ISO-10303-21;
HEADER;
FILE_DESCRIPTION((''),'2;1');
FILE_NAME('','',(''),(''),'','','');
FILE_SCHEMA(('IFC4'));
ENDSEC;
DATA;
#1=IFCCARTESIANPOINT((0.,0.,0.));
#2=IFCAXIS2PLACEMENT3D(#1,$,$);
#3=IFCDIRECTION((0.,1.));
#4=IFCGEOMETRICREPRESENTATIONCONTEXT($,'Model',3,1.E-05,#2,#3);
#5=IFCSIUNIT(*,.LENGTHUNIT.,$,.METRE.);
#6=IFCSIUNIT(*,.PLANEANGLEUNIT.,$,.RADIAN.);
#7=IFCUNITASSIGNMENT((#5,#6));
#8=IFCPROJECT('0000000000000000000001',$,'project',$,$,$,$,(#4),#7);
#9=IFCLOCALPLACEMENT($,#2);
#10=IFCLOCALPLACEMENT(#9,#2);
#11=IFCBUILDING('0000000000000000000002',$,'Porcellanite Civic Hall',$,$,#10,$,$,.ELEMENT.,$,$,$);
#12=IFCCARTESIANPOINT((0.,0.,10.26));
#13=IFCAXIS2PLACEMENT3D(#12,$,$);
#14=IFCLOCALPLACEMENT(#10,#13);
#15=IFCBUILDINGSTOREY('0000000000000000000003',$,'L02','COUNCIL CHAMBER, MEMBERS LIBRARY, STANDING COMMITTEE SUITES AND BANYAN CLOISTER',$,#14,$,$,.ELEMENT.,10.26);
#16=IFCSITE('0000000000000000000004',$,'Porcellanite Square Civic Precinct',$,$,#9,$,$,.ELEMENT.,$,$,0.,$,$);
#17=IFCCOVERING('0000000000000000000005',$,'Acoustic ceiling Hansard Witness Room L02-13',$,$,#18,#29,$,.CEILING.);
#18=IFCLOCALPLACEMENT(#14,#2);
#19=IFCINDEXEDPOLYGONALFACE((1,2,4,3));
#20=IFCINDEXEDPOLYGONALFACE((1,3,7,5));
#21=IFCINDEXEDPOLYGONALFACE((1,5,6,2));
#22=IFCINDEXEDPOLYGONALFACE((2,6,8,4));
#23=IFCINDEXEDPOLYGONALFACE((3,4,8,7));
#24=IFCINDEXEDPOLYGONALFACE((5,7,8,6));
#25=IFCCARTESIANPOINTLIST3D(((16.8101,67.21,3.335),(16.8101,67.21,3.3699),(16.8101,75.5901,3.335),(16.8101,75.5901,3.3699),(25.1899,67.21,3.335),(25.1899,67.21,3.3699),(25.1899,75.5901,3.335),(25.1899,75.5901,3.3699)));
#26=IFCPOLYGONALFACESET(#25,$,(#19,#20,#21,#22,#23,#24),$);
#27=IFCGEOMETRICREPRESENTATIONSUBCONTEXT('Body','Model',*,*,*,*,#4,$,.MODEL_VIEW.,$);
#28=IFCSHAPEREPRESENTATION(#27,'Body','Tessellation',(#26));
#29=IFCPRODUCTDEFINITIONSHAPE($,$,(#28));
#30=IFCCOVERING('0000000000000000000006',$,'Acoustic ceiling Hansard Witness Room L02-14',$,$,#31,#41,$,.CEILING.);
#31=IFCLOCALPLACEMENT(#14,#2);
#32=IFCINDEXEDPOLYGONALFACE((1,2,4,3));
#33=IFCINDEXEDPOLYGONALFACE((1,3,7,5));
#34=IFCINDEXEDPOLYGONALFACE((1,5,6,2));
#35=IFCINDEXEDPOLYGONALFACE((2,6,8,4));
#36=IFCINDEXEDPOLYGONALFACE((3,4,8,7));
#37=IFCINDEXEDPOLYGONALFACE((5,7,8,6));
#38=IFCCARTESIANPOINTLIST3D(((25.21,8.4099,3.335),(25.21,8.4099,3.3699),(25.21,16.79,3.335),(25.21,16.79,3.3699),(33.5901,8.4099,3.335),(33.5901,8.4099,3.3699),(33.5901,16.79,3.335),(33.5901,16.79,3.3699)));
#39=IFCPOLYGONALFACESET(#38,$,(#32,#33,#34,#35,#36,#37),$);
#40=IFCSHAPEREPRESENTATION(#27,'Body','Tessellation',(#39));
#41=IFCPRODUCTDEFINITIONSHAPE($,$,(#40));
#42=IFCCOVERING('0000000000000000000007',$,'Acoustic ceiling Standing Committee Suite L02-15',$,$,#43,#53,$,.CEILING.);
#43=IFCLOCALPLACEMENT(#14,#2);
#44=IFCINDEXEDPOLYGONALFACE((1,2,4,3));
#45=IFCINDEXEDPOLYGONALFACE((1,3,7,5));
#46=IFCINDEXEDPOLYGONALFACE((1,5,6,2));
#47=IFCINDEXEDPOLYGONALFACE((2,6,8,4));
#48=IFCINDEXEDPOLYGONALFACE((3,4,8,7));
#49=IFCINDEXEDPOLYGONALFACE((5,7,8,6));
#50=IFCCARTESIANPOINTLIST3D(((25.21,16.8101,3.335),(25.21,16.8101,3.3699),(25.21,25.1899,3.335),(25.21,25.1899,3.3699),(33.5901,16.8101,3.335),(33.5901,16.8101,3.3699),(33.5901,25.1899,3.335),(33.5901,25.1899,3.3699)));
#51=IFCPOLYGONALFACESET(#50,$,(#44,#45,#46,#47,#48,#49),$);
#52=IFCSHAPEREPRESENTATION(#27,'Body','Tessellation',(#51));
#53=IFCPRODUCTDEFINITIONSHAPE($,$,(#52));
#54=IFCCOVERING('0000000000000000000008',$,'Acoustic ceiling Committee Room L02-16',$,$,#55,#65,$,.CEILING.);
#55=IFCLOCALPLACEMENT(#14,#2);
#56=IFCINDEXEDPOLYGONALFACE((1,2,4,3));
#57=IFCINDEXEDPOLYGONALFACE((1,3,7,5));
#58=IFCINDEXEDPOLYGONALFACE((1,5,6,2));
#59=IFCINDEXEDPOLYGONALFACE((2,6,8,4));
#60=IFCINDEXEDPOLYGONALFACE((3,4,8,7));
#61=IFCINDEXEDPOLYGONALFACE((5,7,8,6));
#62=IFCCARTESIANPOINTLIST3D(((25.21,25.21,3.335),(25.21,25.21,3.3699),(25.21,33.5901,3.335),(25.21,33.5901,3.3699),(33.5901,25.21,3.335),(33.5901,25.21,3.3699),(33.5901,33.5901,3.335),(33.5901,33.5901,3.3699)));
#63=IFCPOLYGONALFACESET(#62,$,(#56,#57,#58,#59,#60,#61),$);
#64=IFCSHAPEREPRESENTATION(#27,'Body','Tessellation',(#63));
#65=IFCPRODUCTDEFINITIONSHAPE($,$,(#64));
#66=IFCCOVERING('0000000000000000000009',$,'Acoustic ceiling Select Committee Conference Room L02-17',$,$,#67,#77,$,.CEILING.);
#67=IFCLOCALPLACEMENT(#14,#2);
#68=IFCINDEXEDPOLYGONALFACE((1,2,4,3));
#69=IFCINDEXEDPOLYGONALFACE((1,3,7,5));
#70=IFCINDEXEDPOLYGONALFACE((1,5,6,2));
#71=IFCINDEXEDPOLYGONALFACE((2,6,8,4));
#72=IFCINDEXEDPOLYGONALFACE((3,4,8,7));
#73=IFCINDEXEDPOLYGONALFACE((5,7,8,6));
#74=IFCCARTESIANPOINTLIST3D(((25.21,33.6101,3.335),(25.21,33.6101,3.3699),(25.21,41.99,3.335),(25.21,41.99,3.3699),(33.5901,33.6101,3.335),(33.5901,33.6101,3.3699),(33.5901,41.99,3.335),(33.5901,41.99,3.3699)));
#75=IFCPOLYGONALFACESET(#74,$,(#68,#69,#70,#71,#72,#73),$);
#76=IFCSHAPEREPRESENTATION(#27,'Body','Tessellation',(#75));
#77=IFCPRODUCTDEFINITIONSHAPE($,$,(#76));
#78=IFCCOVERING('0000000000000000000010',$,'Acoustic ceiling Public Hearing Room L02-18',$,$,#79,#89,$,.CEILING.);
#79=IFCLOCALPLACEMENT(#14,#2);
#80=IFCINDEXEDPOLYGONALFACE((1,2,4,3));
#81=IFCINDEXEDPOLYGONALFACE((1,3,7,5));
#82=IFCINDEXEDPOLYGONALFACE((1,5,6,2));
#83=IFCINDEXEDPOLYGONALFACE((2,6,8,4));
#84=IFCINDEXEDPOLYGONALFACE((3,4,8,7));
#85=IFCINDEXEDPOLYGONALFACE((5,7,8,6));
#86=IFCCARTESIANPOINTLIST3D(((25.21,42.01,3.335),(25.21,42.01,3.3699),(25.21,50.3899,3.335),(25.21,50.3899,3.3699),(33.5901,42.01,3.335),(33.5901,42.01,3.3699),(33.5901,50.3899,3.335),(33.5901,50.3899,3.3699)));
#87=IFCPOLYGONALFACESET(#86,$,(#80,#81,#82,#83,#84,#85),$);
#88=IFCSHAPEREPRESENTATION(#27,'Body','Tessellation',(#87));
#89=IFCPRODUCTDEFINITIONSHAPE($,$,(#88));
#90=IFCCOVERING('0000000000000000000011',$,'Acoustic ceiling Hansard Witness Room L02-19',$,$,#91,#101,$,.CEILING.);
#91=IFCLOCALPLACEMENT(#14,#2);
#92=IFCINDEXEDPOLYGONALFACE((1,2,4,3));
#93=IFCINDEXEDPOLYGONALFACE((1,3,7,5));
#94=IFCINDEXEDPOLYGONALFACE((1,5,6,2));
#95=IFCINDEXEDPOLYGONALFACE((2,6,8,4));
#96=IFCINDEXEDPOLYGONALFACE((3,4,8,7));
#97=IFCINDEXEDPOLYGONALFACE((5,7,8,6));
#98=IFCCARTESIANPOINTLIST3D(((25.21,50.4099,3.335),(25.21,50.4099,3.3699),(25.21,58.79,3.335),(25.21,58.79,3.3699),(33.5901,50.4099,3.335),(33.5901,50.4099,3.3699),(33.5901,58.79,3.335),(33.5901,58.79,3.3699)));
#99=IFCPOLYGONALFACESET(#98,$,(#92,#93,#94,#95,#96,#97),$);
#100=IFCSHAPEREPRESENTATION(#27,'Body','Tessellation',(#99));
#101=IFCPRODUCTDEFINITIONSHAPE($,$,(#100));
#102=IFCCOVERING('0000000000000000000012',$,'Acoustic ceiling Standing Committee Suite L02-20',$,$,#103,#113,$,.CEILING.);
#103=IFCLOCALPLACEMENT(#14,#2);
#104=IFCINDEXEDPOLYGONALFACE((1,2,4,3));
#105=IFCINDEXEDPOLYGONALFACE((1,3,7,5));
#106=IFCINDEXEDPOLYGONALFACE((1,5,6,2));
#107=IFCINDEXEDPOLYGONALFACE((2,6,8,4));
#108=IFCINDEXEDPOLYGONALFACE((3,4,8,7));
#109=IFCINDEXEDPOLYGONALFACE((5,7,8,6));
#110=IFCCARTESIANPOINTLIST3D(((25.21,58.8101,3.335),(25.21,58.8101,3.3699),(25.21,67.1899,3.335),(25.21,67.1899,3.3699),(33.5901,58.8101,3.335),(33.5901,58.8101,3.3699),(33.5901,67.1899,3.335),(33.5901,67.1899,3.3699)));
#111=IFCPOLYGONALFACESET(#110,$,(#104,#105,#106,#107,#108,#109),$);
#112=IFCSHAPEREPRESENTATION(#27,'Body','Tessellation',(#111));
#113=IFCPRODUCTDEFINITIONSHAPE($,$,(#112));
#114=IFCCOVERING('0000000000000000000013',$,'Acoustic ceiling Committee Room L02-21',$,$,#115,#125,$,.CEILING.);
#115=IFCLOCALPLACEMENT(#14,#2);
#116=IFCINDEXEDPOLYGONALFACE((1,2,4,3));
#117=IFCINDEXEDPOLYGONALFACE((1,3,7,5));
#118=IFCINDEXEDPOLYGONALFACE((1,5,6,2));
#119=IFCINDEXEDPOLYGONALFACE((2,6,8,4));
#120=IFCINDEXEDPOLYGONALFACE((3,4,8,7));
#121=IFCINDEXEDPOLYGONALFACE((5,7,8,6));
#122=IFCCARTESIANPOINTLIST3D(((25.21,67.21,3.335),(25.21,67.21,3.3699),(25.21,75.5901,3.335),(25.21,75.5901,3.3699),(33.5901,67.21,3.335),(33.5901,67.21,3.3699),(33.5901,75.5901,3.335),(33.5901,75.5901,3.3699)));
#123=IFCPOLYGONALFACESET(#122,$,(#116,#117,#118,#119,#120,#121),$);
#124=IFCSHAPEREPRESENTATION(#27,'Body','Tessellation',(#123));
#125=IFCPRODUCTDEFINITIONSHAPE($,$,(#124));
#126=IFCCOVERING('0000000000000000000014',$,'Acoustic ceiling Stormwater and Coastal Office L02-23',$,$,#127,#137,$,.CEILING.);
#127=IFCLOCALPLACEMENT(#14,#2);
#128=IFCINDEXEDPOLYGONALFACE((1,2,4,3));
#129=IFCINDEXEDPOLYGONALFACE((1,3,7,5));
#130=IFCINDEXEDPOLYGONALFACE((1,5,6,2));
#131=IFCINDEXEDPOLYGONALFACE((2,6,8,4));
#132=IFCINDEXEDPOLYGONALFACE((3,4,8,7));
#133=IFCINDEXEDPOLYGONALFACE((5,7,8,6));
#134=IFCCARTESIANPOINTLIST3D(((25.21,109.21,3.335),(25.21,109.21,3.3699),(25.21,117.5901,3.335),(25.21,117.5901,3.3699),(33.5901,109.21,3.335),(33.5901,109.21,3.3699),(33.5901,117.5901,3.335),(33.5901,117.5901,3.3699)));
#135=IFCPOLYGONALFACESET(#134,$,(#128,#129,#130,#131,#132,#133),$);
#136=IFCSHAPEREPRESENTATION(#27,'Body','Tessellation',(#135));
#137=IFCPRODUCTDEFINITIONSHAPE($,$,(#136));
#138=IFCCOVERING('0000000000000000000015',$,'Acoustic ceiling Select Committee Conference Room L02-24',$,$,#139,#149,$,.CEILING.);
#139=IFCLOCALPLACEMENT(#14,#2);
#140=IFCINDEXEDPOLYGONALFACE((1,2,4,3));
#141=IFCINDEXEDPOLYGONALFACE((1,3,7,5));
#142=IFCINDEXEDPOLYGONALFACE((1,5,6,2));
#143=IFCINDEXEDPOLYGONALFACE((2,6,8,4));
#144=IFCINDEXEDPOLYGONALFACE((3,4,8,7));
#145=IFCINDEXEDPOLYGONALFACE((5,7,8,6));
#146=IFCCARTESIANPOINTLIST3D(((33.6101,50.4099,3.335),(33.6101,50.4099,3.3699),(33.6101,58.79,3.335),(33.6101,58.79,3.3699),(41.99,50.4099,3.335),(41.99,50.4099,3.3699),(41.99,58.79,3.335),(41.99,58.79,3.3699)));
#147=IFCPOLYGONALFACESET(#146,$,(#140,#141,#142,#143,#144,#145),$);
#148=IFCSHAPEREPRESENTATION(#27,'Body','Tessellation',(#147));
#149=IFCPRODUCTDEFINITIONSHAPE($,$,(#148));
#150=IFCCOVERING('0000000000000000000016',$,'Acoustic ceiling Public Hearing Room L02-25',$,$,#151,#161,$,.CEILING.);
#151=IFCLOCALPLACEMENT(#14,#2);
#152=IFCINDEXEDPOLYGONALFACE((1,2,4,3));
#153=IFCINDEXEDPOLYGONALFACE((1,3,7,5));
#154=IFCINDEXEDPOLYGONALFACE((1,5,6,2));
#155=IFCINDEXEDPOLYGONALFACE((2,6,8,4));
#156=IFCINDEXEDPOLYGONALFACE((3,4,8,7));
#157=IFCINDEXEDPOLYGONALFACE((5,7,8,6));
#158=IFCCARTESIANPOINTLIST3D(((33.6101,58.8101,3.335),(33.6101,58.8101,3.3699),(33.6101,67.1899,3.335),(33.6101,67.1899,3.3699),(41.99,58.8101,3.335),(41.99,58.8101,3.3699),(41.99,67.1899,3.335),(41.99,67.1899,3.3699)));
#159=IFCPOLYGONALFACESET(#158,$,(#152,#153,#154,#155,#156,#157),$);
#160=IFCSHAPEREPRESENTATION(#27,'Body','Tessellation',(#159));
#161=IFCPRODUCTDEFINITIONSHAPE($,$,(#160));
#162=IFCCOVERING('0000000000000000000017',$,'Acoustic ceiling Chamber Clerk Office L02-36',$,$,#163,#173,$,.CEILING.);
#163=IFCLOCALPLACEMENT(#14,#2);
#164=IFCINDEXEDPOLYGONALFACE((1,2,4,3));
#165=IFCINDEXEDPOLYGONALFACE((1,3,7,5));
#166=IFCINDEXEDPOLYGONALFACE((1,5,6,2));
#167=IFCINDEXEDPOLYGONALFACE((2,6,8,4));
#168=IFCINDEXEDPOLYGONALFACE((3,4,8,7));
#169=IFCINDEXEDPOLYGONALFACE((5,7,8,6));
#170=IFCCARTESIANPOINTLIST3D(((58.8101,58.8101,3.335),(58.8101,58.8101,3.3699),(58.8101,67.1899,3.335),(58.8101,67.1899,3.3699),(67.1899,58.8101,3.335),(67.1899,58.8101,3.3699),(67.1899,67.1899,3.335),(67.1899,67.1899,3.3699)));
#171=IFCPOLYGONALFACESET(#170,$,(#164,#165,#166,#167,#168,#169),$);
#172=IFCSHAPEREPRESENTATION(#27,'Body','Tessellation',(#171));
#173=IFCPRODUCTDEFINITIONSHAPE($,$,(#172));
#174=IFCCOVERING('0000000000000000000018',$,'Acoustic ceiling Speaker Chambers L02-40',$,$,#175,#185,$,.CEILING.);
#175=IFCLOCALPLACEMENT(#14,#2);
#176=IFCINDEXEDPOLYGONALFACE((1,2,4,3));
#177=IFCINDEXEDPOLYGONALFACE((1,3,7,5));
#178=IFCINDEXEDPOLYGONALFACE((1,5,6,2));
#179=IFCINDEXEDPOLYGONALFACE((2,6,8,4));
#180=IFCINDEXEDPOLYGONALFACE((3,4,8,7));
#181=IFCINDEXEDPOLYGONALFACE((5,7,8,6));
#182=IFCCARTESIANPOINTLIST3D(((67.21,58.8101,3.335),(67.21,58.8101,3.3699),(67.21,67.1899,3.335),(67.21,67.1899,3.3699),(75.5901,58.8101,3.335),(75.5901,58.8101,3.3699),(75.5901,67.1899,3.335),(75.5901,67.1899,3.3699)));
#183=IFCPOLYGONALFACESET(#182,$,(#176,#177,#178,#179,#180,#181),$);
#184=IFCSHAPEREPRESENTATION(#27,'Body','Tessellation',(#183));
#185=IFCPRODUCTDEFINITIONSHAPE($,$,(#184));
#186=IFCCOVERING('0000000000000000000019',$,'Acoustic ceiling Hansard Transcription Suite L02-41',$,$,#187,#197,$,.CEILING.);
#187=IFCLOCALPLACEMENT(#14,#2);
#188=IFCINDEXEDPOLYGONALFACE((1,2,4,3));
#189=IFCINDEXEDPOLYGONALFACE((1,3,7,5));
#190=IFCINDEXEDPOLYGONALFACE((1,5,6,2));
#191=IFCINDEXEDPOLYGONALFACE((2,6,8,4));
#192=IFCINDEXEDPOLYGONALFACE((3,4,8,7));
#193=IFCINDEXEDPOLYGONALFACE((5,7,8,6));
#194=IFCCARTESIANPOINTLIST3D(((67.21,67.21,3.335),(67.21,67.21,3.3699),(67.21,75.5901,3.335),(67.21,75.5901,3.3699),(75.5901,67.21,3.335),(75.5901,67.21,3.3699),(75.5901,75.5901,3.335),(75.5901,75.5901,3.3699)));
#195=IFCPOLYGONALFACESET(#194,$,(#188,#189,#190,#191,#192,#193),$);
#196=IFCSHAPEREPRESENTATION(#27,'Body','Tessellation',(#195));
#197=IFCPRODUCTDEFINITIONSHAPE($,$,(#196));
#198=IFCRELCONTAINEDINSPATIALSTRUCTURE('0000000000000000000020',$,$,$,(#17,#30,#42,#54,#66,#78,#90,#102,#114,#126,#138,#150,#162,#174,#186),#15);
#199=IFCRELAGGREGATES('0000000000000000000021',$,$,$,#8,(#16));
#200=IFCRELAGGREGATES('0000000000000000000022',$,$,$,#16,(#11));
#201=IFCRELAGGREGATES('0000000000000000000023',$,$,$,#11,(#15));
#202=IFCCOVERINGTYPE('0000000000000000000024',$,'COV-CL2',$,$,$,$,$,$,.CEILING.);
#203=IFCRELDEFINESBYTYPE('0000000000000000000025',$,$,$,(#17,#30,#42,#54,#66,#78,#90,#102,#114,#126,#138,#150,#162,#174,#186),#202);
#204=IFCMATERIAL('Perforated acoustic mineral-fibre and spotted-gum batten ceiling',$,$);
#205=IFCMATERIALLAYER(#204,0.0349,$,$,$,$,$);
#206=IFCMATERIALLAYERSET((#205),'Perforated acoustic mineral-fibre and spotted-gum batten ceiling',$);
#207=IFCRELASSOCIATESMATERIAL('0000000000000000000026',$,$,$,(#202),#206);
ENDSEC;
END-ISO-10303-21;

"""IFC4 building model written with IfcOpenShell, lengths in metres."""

from ifc_helpers import new_model, si_unit, direction, frame, origin, place, context, subcontext, project, spatial, polyline, outline, extrude, material, layer, layer_set, type_object, element, save


model = new_model("IFC4")

# Units and contexts
model_context = context("Model", 3, precision=1e-05, world=origin(), true_north=direction((0.0, 1.0)))
body_context = subcontext(model_context, "Body", "Model", "MODEL_VIEW")
ifc_project = project(units=[si_unit("LENGTHUNIT", "METRE"), si_unit("PLANEANGLEUNIT", "RADIAN")], contexts=[model_context])

# Site, building, storey
site_placement = place(None, origin())
site = spatial("IfcSite", under=ifc_project, at=site_placement, Name="Porcellanite Square Civic Precinct", CompositionType="ELEMENT", RefElevation=0.0)
building_placement = place(site_placement, origin())
building = spatial("IfcBuilding", under=site, at=building_placement, Name="Porcellanite Civic Hall", CompositionType="ELEMENT")
storey_placement = place(building_placement, frame((0.0, 0.0, 10.26)))
storey = spatial("IfcBuildingStorey", under=building, at=storey_placement, Name="L02", Description="COUNCIL CHAMBER, MEMBERS LIBRARY, STANDING COMMITTEE SUITES AND BANYAN CLOISTER", CompositionType="ELEMENT", Elevation=10.26)

# Coverings
ifc_material = material(Name="Perforated acoustic mineral-fibre and spotted-gum batten ceiling")
ifc_layer = layer(ifc_material, 0.0349)
ifc_layer_set = layer_set([ifc_layer], Name="Perforated acoustic mineral-fibre and spotted-gum batten ceiling")
covering_type = type_object("IfcCoveringType", Name="COV-CL2", PredefinedType="CEILING", material=ifc_layer_set)
covering_1_placement = place(storey_placement, frame((0.0, 0.0, 3.335)))
element("IfcCovering", 1, at=covering_1_placement, inside=storey, type_object=covering_type, Name="Acoustic ceiling Hansard Witness Room L02-13", PredefinedType="CEILING", context=body_context, shape_type="SweptSolid", body=[
    extrude(outline(polyline([(16.8101, 67.21), (25.1899, 67.21), (25.1899, 75.5901), (16.8101, 75.5901), (16.8101, 67.21)])), origin(), (0.0, 0.0, 1.0), 0.0349),
])
covering_2_placement = place(storey_placement, frame((0.0, 0.0, 3.335)))
element("IfcCovering", 2, at=covering_2_placement, inside=storey, type_object=covering_type, Name="Acoustic ceiling Hansard Witness Room L02-14", PredefinedType="CEILING", context=body_context, shape_type="SweptSolid", body=[
    extrude(outline(polyline([(25.21, 8.4099), (33.5901, 8.4099), (33.5901, 16.79), (25.21, 16.79), (25.21, 8.4099)])), origin(), (0.0, 0.0, 1.0), 0.0349),
])
covering_3_placement = place(storey_placement, frame((0.0, 0.0, 3.335)))
element("IfcCovering", 3, at=covering_3_placement, inside=storey, type_object=covering_type, Name="Acoustic ceiling Standing Committee Suite L02-15", PredefinedType="CEILING", context=body_context, shape_type="SweptSolid", body=[
    extrude(outline(polyline([(25.21, 16.8101), (33.5901, 16.8101), (33.5901, 25.1899), (25.21, 25.1899), (25.21, 16.8101)])), origin(), (0.0, 0.0, 1.0), 0.0349),
])
covering_4_placement = place(storey_placement, frame((0.0, 0.0, 3.335)))
element("IfcCovering", 4, at=covering_4_placement, inside=storey, type_object=covering_type, Name="Acoustic ceiling Committee Room L02-16", PredefinedType="CEILING", context=body_context, shape_type="SweptSolid", body=[
    extrude(outline(polyline([(25.21, 25.21), (33.5901, 25.21), (33.5901, 33.5901), (25.21, 33.5901), (25.21, 25.21)])), origin(), (0.0, 0.0, 1.0), 0.0349),
])
covering_5_placement = place(storey_placement, frame((0.0, 0.0, 3.335)))
element("IfcCovering", 5, at=covering_5_placement, inside=storey, type_object=covering_type, Name="Acoustic ceiling Select Committee Conference Room L02-17", PredefinedType="CEILING", context=body_context, shape_type="SweptSolid", body=[
    extrude(outline(polyline([(25.21, 33.6101), (33.5901, 33.6101), (33.5901, 41.99), (25.21, 41.99), (25.21, 33.6101)])), origin(), (0.0, 0.0, 1.0), 0.0349),
])
covering_6_placement = place(storey_placement, frame((0.0, 0.0, 3.335)))
element("IfcCovering", 6, at=covering_6_placement, inside=storey, type_object=covering_type, Name="Acoustic ceiling Public Hearing Room L02-18", PredefinedType="CEILING", context=body_context, shape_type="SweptSolid", body=[
    extrude(outline(polyline([(25.21, 42.01), (33.5901, 42.01), (33.5901, 50.3899), (25.21, 50.3899), (25.21, 42.01)])), origin(), (0.0, 0.0, 1.0), 0.0349),
])
covering_7_placement = place(storey_placement, frame((0.0, 0.0, 3.335)))
element("IfcCovering", 7, at=covering_7_placement, inside=storey, type_object=covering_type, Name="Acoustic ceiling Hansard Witness Room L02-19", PredefinedType="CEILING", context=body_context, shape_type="SweptSolid", body=[
    extrude(outline(polyline([(25.21, 50.4099), (33.5901, 50.4099), (33.5901, 58.79), (25.21, 58.79), (25.21, 50.4099)])), origin(), (0.0, 0.0, 1.0), 0.0349),
])
covering_8_placement = place(storey_placement, frame((0.0, 0.0, 3.335)))
element("IfcCovering", 8, at=covering_8_placement, inside=storey, type_object=covering_type, Name="Acoustic ceiling Standing Committee Suite L02-20", PredefinedType="CEILING", context=body_context, shape_type="SweptSolid", body=[
    extrude(outline(polyline([(25.21, 58.8101), (33.5901, 58.8101), (33.5901, 67.1899), (25.21, 67.1899), (25.21, 58.8101)])), origin(), (0.0, 0.0, 1.0), 0.0349),
])
covering_9_placement = place(storey_placement, frame((0.0, 0.0, 3.335)))
element("IfcCovering", 9, at=covering_9_placement, inside=storey, type_object=covering_type, Name="Acoustic ceiling Committee Room L02-21", PredefinedType="CEILING", context=body_context, shape_type="SweptSolid", body=[
    extrude(outline(polyline([(25.21, 67.21), (33.5901, 67.21), (33.5901, 75.5901), (25.21, 75.5901), (25.21, 67.21)])), origin(), (0.0, 0.0, 1.0), 0.0349),
])
covering_10_placement = place(storey_placement, frame((0.0, 0.0, 3.335)))
element("IfcCovering", 10, at=covering_10_placement, inside=storey, type_object=covering_type, Name="Acoustic ceiling Stormwater and Coastal Office L02-23", PredefinedType="CEILING", context=body_context, shape_type="SweptSolid", body=[
    extrude(outline(polyline([(25.21, 109.21), (33.5901, 109.21), (33.5901, 117.5901), (25.21, 117.5901), (25.21, 109.21)])), origin(), (0.0, 0.0, 1.0), 0.0349),
])
covering_11_placement = place(storey_placement, frame((0.0, 0.0, 3.335)))
element("IfcCovering", 11, at=covering_11_placement, inside=storey, type_object=covering_type, Name="Acoustic ceiling Select Committee Conference Room L02-24", PredefinedType="CEILING", context=body_context, shape_type="SweptSolid", body=[
    extrude(outline(polyline([(33.6101, 50.4099), (41.99, 50.4099), (41.99, 58.79), (33.6101, 58.79), (33.6101, 50.4099)])), origin(), (0.0, 0.0, 1.0), 0.0349),
])
covering_12_placement = place(storey_placement, frame((0.0, 0.0, 3.335)))
element("IfcCovering", 12, at=covering_12_placement, inside=storey, type_object=covering_type, Name="Acoustic ceiling Public Hearing Room L02-25", PredefinedType="CEILING", context=body_context, shape_type="SweptSolid", body=[
    extrude(outline(polyline([(33.6101, 58.8101), (41.99, 58.8101), (41.99, 67.1899), (33.6101, 67.1899), (33.6101, 58.8101)])), origin(), (0.0, 0.0, 1.0), 0.0349),
])
covering_13_placement = place(storey_placement, frame((0.0, 0.0, 3.335)))
element("IfcCovering", 13, at=covering_13_placement, inside=storey, type_object=covering_type, Name="Acoustic ceiling Chamber Clerk Office L02-36", PredefinedType="CEILING", context=body_context, shape_type="SweptSolid", body=[
    extrude(outline(polyline([(58.8101, 58.8101), (67.1899, 58.8101), (67.1899, 67.1899), (58.8101, 67.1899), (58.8101, 58.8101)])), origin(), (0.0, 0.0, 1.0), 0.0349),
])
covering_14_placement = place(storey_placement, frame((0.0, 0.0, 3.335)))
element("IfcCovering", 14, at=covering_14_placement, inside=storey, type_object=covering_type, Name="Acoustic ceiling Speaker Chambers L02-40", PredefinedType="CEILING", context=body_context, shape_type="SweptSolid", body=[
    extrude(outline(polyline([(67.21, 58.8101), (75.5901, 58.8101), (75.5901, 67.1899), (67.21, 67.1899), (67.21, 58.8101)])), origin(), (0.0, 0.0, 1.0), 0.0349),
])
covering_15_placement = place(storey_placement, frame((0.0, 0.0, 3.335)))
element("IfcCovering", 15, at=covering_15_placement, inside=storey, type_object=covering_type, Name="Acoustic ceiling Hansard Transcription Suite L02-41", PredefinedType="CEILING", context=body_context, shape_type="SweptSolid", body=[
    extrude(outline(polyline([(67.21, 67.21), (75.5901, 67.21), (75.5901, 75.5901), (67.21, 75.5901), (67.21, 67.21)])), origin(), (0.0, 0.0, 1.0), 0.0349),
])

save(model, "model.ifc")
